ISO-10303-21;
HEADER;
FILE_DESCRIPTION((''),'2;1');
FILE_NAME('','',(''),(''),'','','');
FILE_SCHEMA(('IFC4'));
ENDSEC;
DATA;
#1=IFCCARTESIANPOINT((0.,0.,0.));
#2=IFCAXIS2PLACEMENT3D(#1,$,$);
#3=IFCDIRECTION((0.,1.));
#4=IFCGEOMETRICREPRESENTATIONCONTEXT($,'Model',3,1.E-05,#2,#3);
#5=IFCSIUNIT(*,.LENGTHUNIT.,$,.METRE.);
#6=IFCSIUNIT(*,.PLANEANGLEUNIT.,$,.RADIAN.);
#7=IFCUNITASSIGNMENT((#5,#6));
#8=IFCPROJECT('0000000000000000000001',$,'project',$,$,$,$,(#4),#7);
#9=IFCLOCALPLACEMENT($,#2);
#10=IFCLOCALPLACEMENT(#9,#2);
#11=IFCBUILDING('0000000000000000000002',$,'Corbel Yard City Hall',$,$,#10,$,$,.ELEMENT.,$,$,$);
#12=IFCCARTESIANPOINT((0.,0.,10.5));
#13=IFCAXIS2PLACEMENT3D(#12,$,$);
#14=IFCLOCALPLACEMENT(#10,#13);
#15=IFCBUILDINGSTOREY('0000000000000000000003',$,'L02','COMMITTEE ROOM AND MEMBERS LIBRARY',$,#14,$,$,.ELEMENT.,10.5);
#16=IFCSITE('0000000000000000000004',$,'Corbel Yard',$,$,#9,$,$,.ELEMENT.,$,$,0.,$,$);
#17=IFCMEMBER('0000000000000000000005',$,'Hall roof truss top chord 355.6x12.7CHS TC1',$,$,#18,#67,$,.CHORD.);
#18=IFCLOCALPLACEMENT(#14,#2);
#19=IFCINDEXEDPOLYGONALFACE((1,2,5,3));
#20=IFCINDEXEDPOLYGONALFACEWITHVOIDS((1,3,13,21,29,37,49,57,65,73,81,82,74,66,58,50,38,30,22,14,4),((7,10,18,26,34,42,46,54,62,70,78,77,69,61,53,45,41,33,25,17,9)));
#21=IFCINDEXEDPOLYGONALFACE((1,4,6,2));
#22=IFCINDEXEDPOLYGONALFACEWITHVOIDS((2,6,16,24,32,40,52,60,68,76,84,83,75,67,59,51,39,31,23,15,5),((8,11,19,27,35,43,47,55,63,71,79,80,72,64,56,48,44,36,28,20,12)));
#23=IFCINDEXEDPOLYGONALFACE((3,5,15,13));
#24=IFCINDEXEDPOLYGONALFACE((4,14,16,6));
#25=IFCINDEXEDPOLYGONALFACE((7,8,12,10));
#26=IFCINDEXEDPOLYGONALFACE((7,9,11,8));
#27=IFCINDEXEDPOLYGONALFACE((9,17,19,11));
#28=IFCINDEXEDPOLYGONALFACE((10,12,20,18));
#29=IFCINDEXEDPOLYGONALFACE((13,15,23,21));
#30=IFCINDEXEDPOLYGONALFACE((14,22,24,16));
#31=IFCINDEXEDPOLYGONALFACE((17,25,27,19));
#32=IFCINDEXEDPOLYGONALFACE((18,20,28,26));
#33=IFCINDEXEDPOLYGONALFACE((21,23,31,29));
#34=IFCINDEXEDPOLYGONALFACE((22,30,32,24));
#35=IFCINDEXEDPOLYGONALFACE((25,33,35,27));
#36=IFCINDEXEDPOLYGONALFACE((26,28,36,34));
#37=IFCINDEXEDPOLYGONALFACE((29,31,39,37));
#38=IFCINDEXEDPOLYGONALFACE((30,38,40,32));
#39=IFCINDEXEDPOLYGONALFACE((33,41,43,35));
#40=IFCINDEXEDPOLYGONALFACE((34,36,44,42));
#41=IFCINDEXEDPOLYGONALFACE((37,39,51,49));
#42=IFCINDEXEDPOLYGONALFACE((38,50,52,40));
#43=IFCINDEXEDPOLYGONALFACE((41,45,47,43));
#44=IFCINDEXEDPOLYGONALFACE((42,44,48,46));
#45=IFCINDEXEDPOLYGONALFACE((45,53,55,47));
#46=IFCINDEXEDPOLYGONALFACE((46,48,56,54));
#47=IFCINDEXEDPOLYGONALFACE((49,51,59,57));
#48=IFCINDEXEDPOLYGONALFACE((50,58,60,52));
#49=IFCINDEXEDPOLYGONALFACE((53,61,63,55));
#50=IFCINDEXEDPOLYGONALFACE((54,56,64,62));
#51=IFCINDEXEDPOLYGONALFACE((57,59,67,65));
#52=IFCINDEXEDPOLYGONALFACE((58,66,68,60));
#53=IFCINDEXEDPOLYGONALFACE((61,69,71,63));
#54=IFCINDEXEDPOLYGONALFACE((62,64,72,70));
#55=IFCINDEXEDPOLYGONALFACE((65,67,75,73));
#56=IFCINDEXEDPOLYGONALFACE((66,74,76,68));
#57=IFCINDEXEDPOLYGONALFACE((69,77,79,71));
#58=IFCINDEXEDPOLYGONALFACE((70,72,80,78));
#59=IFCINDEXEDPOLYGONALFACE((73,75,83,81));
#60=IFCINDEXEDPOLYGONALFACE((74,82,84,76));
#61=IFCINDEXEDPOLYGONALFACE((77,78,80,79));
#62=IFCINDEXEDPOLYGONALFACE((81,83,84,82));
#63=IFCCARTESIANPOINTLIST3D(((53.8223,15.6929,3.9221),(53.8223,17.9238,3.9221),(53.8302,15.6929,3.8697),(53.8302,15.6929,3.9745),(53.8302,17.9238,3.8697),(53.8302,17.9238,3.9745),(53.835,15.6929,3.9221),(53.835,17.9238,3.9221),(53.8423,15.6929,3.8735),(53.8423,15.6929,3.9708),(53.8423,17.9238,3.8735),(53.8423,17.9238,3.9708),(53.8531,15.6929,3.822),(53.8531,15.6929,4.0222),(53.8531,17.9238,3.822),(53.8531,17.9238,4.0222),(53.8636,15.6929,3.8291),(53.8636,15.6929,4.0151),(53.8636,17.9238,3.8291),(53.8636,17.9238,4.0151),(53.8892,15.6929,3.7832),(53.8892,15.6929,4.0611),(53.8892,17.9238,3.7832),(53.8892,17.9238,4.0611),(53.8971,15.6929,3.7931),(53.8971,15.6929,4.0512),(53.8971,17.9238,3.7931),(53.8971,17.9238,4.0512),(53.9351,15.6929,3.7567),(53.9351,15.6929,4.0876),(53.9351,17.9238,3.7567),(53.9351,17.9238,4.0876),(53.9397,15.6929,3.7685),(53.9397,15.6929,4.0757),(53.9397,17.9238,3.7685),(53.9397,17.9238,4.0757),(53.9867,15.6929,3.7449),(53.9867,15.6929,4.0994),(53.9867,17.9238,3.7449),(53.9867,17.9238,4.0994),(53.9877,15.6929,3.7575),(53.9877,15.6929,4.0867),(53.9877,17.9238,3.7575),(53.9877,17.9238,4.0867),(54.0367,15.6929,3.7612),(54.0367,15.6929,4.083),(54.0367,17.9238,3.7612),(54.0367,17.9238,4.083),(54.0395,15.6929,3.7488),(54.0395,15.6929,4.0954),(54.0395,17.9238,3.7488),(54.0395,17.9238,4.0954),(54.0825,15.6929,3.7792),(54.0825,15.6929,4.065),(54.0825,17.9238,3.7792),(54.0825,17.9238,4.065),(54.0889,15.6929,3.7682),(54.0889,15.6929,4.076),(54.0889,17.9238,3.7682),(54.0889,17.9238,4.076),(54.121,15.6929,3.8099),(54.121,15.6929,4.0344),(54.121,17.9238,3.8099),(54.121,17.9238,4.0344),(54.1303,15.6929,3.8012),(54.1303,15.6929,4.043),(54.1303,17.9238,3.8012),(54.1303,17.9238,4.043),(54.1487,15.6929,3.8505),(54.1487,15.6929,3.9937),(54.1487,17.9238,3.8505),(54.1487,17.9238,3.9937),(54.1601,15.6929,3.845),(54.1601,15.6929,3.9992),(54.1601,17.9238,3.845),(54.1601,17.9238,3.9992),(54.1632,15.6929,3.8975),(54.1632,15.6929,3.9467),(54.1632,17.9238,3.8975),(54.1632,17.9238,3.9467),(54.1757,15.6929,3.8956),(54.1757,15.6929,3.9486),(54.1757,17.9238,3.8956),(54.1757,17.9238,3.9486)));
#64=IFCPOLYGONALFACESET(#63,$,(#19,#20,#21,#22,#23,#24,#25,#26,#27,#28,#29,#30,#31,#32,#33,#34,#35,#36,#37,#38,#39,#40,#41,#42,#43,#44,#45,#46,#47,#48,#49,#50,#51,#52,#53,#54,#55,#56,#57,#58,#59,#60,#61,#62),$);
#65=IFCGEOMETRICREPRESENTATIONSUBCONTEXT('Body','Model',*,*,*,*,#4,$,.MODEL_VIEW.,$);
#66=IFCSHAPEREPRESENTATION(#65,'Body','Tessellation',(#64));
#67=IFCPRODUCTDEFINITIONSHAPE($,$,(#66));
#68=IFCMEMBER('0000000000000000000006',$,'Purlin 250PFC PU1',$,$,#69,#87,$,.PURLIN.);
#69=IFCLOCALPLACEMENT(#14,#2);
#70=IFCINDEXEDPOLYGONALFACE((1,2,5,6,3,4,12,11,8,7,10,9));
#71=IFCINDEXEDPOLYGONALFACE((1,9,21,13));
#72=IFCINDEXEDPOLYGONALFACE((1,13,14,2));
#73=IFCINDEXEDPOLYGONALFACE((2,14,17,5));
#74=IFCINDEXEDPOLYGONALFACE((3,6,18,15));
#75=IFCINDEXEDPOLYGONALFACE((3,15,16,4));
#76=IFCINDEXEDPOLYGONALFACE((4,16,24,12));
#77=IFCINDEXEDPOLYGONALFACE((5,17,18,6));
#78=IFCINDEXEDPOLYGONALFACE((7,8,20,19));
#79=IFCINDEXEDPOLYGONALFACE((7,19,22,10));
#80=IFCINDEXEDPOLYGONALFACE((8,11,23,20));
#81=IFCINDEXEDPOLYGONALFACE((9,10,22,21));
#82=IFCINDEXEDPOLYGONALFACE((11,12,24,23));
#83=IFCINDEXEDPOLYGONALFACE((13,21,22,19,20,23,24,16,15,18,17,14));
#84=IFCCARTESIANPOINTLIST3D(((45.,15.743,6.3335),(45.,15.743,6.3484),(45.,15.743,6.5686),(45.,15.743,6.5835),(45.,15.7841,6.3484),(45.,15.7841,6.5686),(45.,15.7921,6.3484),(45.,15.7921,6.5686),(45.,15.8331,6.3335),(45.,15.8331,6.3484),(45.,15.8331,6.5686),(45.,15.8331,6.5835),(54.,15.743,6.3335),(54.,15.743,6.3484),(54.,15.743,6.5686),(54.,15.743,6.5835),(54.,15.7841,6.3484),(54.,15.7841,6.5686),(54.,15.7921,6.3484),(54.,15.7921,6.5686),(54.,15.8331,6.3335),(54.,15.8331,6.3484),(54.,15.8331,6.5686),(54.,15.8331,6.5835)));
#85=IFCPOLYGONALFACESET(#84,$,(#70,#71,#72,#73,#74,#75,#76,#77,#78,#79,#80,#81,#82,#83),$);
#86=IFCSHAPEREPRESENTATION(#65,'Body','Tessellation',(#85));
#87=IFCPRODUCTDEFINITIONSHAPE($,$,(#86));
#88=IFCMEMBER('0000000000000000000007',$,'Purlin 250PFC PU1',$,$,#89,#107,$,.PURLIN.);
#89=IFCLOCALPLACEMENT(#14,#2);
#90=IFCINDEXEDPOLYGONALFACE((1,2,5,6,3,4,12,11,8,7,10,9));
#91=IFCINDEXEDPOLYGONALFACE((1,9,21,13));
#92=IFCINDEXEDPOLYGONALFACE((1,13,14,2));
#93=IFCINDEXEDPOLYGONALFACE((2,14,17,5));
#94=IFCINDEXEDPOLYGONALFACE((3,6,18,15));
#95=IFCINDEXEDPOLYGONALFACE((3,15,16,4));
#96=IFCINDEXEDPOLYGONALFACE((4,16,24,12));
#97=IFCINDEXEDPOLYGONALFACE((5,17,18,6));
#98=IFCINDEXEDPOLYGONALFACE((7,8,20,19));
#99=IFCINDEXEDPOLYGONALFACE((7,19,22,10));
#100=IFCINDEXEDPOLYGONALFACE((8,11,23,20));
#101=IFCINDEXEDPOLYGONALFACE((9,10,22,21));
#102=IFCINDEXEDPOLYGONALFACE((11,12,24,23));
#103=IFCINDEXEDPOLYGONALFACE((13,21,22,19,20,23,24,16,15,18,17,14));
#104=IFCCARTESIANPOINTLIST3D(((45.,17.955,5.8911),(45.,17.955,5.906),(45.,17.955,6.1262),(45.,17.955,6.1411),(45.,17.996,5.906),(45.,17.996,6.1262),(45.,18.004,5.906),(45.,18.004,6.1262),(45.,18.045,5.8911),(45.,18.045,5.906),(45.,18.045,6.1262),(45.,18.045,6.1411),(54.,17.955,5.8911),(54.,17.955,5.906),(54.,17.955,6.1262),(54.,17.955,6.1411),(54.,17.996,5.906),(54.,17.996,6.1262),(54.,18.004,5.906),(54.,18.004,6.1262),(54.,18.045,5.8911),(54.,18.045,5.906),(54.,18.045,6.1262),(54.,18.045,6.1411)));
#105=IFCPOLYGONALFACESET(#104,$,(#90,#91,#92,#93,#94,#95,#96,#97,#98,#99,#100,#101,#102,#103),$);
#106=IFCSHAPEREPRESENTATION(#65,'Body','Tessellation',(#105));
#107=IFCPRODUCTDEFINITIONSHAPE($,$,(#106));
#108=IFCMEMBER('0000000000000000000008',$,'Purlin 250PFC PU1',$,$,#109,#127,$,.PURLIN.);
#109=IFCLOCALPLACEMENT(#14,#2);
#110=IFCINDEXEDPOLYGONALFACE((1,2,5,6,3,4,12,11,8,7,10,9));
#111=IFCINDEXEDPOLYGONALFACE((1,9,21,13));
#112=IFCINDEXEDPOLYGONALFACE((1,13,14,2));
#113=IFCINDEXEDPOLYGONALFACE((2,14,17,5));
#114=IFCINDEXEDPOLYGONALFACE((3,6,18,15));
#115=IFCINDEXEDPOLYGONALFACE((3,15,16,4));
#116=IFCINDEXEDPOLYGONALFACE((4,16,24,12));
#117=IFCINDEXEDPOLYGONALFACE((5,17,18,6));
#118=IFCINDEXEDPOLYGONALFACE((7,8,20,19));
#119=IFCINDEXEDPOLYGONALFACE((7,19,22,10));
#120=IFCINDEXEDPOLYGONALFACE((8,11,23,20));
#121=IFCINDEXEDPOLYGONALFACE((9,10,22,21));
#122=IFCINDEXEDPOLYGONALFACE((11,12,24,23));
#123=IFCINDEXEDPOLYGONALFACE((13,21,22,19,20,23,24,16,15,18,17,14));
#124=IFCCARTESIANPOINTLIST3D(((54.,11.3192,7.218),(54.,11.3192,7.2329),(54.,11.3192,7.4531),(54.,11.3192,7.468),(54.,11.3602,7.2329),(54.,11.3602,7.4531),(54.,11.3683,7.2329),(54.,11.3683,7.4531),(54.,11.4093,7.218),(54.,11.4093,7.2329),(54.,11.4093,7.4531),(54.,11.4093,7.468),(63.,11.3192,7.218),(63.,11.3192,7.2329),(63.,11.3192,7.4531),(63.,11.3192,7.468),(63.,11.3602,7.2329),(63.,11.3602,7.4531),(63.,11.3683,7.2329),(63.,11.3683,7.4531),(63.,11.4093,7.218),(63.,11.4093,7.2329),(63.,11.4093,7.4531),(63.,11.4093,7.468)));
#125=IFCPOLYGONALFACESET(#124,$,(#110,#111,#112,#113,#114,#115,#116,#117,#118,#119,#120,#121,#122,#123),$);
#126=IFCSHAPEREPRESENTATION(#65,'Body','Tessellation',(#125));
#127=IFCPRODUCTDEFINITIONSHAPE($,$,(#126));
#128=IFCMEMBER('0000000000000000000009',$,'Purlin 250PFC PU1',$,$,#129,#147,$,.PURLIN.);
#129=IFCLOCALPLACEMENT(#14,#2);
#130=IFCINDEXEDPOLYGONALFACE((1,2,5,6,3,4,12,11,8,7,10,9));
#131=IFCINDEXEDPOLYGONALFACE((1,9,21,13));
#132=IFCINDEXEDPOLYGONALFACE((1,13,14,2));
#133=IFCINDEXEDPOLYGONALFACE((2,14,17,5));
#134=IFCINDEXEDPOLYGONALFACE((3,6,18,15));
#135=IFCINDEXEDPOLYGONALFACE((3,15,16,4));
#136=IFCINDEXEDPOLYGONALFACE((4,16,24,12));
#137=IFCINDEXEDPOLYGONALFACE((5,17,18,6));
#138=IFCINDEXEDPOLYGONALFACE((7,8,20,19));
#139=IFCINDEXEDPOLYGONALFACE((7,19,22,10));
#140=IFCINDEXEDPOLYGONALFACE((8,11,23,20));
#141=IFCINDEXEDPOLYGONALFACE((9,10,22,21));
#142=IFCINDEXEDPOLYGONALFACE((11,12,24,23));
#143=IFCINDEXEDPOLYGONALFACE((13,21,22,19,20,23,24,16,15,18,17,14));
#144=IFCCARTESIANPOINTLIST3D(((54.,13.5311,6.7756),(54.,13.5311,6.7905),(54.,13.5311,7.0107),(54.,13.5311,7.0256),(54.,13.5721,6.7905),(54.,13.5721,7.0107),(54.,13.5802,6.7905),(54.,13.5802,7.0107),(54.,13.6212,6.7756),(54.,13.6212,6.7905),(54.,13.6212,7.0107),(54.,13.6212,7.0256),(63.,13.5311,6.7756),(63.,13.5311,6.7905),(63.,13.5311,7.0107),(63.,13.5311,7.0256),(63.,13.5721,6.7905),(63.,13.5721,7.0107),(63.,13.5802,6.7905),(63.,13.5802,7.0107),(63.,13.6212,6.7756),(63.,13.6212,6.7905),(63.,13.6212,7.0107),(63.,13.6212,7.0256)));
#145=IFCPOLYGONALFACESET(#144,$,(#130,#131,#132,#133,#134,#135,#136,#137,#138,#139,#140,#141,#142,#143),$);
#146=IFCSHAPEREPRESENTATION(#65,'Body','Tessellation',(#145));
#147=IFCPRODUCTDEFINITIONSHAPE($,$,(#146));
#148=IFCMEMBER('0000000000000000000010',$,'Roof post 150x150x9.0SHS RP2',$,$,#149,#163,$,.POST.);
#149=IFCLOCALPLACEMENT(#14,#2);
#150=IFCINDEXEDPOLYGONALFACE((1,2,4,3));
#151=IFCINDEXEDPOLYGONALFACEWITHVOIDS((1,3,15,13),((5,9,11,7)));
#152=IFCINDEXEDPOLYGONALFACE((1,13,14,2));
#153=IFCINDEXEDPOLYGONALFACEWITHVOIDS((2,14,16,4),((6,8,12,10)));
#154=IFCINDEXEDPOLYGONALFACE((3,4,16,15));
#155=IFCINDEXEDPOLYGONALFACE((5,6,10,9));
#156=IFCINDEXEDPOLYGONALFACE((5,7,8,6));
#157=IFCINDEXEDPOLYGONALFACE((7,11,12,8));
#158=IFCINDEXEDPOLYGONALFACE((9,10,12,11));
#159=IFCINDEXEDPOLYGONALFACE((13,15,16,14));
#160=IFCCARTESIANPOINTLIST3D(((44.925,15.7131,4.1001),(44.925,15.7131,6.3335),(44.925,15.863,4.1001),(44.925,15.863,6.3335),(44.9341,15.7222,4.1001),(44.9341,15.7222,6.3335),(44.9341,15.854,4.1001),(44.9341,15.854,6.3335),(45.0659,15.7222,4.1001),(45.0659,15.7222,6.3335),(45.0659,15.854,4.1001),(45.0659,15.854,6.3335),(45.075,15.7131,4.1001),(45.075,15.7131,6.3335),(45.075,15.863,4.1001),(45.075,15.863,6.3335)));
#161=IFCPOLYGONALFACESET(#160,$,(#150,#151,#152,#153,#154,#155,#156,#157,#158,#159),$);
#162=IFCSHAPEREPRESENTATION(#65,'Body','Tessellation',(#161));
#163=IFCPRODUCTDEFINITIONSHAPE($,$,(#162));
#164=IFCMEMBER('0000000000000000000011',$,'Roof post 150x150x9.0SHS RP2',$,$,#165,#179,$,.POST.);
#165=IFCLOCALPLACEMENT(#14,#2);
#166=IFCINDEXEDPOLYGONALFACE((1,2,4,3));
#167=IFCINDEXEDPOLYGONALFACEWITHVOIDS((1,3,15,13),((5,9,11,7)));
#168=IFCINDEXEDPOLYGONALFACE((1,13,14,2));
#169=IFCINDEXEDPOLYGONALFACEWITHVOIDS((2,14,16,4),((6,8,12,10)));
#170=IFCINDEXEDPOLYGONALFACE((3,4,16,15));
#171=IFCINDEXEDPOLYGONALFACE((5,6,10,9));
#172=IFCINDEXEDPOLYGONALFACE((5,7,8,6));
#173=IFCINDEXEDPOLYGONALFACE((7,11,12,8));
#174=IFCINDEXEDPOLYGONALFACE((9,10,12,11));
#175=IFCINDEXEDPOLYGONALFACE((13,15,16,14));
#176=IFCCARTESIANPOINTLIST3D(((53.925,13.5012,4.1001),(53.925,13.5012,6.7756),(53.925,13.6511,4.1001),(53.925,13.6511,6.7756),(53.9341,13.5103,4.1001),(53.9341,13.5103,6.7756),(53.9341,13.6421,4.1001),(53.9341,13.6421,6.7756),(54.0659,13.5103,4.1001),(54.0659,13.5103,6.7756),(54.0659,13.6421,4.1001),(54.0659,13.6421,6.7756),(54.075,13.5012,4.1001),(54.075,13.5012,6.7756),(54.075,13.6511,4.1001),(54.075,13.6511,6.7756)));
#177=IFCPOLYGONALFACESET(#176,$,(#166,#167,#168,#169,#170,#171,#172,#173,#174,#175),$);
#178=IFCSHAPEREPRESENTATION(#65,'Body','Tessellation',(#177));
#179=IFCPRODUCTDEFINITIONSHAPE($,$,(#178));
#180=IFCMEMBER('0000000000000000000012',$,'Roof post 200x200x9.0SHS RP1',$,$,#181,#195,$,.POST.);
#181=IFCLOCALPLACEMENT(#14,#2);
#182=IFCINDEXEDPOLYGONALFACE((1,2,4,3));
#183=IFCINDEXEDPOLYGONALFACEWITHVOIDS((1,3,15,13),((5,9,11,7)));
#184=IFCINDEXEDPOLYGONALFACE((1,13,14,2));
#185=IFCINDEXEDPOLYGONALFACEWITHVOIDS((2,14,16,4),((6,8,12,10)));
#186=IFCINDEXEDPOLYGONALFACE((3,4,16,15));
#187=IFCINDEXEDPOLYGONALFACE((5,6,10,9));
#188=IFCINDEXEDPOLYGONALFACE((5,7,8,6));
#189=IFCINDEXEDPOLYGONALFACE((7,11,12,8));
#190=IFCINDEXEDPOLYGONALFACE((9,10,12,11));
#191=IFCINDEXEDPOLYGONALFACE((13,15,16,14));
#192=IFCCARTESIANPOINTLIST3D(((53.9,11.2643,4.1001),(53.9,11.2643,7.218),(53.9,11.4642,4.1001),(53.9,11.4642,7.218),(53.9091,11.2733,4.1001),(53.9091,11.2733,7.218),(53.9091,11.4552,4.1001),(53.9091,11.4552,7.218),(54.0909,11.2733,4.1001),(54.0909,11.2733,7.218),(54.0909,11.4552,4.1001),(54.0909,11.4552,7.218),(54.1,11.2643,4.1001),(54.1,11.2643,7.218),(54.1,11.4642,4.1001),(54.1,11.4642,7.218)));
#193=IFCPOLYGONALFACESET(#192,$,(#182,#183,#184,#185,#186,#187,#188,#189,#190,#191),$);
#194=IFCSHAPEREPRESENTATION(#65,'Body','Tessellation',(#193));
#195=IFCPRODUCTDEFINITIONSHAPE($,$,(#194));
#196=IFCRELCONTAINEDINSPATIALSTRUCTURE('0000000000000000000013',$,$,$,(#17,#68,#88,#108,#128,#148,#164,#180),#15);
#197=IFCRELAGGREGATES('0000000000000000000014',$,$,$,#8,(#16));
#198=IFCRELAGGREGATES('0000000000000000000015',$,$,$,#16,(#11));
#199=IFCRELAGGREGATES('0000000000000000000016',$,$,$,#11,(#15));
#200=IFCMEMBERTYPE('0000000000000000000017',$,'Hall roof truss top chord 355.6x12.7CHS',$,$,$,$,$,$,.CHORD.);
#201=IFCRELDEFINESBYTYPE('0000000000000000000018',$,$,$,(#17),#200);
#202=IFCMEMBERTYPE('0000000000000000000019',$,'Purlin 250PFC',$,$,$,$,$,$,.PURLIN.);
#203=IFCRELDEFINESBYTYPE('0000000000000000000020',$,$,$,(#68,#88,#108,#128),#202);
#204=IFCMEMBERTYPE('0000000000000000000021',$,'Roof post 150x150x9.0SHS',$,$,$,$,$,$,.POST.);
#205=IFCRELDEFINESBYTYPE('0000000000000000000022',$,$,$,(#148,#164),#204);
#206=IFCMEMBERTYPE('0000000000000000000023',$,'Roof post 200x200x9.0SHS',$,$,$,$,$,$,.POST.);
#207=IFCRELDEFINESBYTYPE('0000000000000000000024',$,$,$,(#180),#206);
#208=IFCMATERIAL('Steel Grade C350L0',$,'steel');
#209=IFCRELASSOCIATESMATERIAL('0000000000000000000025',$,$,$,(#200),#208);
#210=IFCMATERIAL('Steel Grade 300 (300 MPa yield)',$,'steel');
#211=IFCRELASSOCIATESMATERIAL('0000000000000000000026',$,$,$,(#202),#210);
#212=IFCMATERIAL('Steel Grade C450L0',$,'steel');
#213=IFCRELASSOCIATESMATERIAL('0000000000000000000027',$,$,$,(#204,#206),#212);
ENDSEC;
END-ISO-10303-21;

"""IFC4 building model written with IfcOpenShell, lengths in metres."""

from ifc_helpers import new_model, si_unit, direction, frame, origin, origin_2d, place, context, subcontext, project, spatial, hollow_rectangle, hollow_circle, i_section, extrude, material, material_profile, profile_set, type_object, element, save


model = new_model("IFC4")

# Units and contexts
model_context = context("Model", 3, precision=1e-05, world=origin(), true_north=direction((0.0, 1.0)))
body_context = subcontext(model_context, "Body", "Model", "MODEL_VIEW")
ifc_project = project(units=[si_unit("LENGTHUNIT", "METRE"), si_unit("PLANEANGLEUNIT", "RADIAN")], contexts=[model_context])

# Site, building, storey
site_placement = place(None, origin())
site = spatial("IfcSite", under=ifc_project, at=site_placement, Name="Corbel Yard", CompositionType="ELEMENT", RefElevation=0.0)
building_placement = place(site_placement, origin())
building = spatial("IfcBuilding", under=site, at=building_placement, Name="Corbel Yard City Hall", CompositionType="ELEMENT")
storey_placement = place(building_placement, frame((0.0, 0.0, 10.5)))
storey = spatial("IfcBuildingStorey", under=building, at=storey_placement, Name="L02", Description="COMMITTEE ROOM AND MEMBERS LIBRARY", CompositionType="ELEMENT", Elevation=10.5)

# Members
ifc_material_1 = material(Name="Steel Grade C350L0", Category="steel")
ifc_material_profile_1 = material_profile(ifc_material_1, hollow_circle(Radius=0.1777, WallThickness=0.0127, at=origin_2d()), Name="355.6x12.7CHS")
ifc_profile_set_1 = profile_set([ifc_material_profile_1], Name="Steel Grade C350L0")
member_type_1 = type_object("IfcMemberType", Name="Hall roof truss top chord 355.6x12.7CHS", PredefinedType="CHORD", material=ifc_profile_set_1)
for number, where, z_axis, x_axis, name in (
    (1, (54.0, 15.6929, 3.9221), (0.0, 1.0, 0.0), (-1.0, 0.0, 0.0), "Hall roof truss top chord 355.6x12.7CHS TC1"),
):
    element("IfcMember", number, at=place(storey_placement, frame(where, z_axis=z_axis, x_axis=x_axis)), inside=storey, type_object=member_type_1, Name=name, PredefinedType="CHORD", context=body_context, shape_type="SweptSolid", body=[
        extrude(hollow_circle(Radius=0.1777, WallThickness=0.0127, at=origin_2d()), origin(), (0.0, 0.0, 1.0), 2.231),
    ])
ifc_material_2 = material(Name="Steel Grade 300 (300 MPa yield)", Category="steel")
ifc_material_profile_2 = material_profile(ifc_material_2, i_section(OverallWidth=0.0901, OverallDepth=0.25, WebThickness=0.0081, FlangeThickness=0.0149, at=origin_2d()), Name="250PFC")
ifc_profile_set_2 = profile_set([ifc_material_profile_2], Name="Steel Grade 300 (300 MPa yield)")
member_type_2 = type_object("IfcMemberType", Name="Purlin 250PFC", PredefinedType="PURLIN", material=ifc_profile_set_2)
for number, where, z_axis, x_axis, name in (
    (2, (45.0, 15.7881, 6.4585), (1.0, 0.0, 0.0), (0.0, 1.0, 0.0), "Purlin 250PFC PU1"),
    (3, (45.0, 18.0, 6.0161), (1.0, 0.0, 0.0), (0.0, 1.0, 0.0), "Purlin 250PFC PU1"),
    (4, (54.0, 11.3643, 7.343), (1.0, 0.0, 0.0), (0.0, 1.0, 0.0), "Purlin 250PFC PU1"),
    (5, (54.0, 13.5762, 6.9006), (1.0, 0.0, 0.0), (0.0, 1.0, 0.0), "Purlin 250PFC PU1"),
):
    element("IfcMember", number, at=place(storey_placement, frame(where, z_axis=z_axis, x_axis=x_axis)), inside=storey, type_object=member_type_2, Name=name, PredefinedType="PURLIN", context=body_context, shape_type="SweptSolid", body=[
        extrude(i_section(OverallWidth=0.0901, OverallDepth=0.25, WebThickness=0.0081, FlangeThickness=0.0149, at=origin_2d()), origin(), (0.0, 0.0, 1.0), 9.0),
    ])
ifc_material_3 = material(Name="Steel Grade C450L0", Category="steel")
ifc_material_profile_3 = material_profile(ifc_material_3, hollow_rectangle(XDim=0.1499, YDim=0.1499, WallThickness=0.009, at=origin_2d()), Name="150x150x9.0SHS")
ifc_profile_set_3 = profile_set([ifc_material_profile_3], Name="Steel Grade C450L0")
member_type_3 = type_object("IfcMemberType", Name="Roof post 150x150x9.0SHS", PredefinedType="POST", material=ifc_profile_set_3)
member_1_placement = place(storey_placement, frame((45.0, 15.7881, 4.1001), z_axis=(0.0, 0.0, 1.0), x_axis=(1.0, 0.0, 0.0)))
element("IfcMember", 6, at=member_1_placement, inside=storey, type_object=member_type_3, Name="Roof post 150x150x9.0SHS RP2", PredefinedType="POST", context=body_context, shape_type="SweptSolid", body=[
    extrude(hollow_rectangle(XDim=0.1499, YDim=0.1499, WallThickness=0.009, at=origin_2d()), origin(), (0.0, 0.0, 1.0), 2.2334),
])
member_2_placement = place(storey_placement, frame((54.0, 13.5762, 4.1001), z_axis=(0.0, 0.0, 1.0), x_axis=(1.0, 0.0, 0.0)))
element("IfcMember", 7, at=member_2_placement, inside=storey, type_object=member_type_3, Name="Roof post 150x150x9.0SHS RP2", PredefinedType="POST", context=body_context, shape_type="SweptSolid", body=[
    extrude(hollow_rectangle(XDim=0.1499, YDim=0.1499, WallThickness=0.009, at=origin_2d()), origin(), (0.0, 0.0, 1.0), 2.6755),
])
ifc_material_profile_4 = material_profile(ifc_material_3, hollow_rectangle(XDim=0.2, YDim=0.2, WallThickness=0.009, at=origin_2d()), Name="200x200x9.0SHS")
ifc_profile_set_4 = profile_set([ifc_material_profile_4], Name="Steel Grade C450L0")
member_type_4 = type_object("IfcMemberType", Name="Roof post 200x200x9.0SHS", PredefinedType="POST", material=ifc_profile_set_4)
member_3_placement = place(storey_placement, frame((54.0, 11.3643, 4.1001), z_axis=(0.0, 0.0, 1.0), x_axis=(1.0, 0.0, 0.0)))
element("IfcMember", 8, at=member_3_placement, inside=storey, type_object=member_type_4, Name="Roof post 200x200x9.0SHS RP1", PredefinedType="POST", context=body_context, shape_type="SweptSolid", body=[
    extrude(hollow_rectangle(XDim=0.2, YDim=0.2, WallThickness=0.009, at=origin_2d()), origin(), (0.0, 0.0, 1.0), 3.1179),
])

save(model, "model.ifc")
